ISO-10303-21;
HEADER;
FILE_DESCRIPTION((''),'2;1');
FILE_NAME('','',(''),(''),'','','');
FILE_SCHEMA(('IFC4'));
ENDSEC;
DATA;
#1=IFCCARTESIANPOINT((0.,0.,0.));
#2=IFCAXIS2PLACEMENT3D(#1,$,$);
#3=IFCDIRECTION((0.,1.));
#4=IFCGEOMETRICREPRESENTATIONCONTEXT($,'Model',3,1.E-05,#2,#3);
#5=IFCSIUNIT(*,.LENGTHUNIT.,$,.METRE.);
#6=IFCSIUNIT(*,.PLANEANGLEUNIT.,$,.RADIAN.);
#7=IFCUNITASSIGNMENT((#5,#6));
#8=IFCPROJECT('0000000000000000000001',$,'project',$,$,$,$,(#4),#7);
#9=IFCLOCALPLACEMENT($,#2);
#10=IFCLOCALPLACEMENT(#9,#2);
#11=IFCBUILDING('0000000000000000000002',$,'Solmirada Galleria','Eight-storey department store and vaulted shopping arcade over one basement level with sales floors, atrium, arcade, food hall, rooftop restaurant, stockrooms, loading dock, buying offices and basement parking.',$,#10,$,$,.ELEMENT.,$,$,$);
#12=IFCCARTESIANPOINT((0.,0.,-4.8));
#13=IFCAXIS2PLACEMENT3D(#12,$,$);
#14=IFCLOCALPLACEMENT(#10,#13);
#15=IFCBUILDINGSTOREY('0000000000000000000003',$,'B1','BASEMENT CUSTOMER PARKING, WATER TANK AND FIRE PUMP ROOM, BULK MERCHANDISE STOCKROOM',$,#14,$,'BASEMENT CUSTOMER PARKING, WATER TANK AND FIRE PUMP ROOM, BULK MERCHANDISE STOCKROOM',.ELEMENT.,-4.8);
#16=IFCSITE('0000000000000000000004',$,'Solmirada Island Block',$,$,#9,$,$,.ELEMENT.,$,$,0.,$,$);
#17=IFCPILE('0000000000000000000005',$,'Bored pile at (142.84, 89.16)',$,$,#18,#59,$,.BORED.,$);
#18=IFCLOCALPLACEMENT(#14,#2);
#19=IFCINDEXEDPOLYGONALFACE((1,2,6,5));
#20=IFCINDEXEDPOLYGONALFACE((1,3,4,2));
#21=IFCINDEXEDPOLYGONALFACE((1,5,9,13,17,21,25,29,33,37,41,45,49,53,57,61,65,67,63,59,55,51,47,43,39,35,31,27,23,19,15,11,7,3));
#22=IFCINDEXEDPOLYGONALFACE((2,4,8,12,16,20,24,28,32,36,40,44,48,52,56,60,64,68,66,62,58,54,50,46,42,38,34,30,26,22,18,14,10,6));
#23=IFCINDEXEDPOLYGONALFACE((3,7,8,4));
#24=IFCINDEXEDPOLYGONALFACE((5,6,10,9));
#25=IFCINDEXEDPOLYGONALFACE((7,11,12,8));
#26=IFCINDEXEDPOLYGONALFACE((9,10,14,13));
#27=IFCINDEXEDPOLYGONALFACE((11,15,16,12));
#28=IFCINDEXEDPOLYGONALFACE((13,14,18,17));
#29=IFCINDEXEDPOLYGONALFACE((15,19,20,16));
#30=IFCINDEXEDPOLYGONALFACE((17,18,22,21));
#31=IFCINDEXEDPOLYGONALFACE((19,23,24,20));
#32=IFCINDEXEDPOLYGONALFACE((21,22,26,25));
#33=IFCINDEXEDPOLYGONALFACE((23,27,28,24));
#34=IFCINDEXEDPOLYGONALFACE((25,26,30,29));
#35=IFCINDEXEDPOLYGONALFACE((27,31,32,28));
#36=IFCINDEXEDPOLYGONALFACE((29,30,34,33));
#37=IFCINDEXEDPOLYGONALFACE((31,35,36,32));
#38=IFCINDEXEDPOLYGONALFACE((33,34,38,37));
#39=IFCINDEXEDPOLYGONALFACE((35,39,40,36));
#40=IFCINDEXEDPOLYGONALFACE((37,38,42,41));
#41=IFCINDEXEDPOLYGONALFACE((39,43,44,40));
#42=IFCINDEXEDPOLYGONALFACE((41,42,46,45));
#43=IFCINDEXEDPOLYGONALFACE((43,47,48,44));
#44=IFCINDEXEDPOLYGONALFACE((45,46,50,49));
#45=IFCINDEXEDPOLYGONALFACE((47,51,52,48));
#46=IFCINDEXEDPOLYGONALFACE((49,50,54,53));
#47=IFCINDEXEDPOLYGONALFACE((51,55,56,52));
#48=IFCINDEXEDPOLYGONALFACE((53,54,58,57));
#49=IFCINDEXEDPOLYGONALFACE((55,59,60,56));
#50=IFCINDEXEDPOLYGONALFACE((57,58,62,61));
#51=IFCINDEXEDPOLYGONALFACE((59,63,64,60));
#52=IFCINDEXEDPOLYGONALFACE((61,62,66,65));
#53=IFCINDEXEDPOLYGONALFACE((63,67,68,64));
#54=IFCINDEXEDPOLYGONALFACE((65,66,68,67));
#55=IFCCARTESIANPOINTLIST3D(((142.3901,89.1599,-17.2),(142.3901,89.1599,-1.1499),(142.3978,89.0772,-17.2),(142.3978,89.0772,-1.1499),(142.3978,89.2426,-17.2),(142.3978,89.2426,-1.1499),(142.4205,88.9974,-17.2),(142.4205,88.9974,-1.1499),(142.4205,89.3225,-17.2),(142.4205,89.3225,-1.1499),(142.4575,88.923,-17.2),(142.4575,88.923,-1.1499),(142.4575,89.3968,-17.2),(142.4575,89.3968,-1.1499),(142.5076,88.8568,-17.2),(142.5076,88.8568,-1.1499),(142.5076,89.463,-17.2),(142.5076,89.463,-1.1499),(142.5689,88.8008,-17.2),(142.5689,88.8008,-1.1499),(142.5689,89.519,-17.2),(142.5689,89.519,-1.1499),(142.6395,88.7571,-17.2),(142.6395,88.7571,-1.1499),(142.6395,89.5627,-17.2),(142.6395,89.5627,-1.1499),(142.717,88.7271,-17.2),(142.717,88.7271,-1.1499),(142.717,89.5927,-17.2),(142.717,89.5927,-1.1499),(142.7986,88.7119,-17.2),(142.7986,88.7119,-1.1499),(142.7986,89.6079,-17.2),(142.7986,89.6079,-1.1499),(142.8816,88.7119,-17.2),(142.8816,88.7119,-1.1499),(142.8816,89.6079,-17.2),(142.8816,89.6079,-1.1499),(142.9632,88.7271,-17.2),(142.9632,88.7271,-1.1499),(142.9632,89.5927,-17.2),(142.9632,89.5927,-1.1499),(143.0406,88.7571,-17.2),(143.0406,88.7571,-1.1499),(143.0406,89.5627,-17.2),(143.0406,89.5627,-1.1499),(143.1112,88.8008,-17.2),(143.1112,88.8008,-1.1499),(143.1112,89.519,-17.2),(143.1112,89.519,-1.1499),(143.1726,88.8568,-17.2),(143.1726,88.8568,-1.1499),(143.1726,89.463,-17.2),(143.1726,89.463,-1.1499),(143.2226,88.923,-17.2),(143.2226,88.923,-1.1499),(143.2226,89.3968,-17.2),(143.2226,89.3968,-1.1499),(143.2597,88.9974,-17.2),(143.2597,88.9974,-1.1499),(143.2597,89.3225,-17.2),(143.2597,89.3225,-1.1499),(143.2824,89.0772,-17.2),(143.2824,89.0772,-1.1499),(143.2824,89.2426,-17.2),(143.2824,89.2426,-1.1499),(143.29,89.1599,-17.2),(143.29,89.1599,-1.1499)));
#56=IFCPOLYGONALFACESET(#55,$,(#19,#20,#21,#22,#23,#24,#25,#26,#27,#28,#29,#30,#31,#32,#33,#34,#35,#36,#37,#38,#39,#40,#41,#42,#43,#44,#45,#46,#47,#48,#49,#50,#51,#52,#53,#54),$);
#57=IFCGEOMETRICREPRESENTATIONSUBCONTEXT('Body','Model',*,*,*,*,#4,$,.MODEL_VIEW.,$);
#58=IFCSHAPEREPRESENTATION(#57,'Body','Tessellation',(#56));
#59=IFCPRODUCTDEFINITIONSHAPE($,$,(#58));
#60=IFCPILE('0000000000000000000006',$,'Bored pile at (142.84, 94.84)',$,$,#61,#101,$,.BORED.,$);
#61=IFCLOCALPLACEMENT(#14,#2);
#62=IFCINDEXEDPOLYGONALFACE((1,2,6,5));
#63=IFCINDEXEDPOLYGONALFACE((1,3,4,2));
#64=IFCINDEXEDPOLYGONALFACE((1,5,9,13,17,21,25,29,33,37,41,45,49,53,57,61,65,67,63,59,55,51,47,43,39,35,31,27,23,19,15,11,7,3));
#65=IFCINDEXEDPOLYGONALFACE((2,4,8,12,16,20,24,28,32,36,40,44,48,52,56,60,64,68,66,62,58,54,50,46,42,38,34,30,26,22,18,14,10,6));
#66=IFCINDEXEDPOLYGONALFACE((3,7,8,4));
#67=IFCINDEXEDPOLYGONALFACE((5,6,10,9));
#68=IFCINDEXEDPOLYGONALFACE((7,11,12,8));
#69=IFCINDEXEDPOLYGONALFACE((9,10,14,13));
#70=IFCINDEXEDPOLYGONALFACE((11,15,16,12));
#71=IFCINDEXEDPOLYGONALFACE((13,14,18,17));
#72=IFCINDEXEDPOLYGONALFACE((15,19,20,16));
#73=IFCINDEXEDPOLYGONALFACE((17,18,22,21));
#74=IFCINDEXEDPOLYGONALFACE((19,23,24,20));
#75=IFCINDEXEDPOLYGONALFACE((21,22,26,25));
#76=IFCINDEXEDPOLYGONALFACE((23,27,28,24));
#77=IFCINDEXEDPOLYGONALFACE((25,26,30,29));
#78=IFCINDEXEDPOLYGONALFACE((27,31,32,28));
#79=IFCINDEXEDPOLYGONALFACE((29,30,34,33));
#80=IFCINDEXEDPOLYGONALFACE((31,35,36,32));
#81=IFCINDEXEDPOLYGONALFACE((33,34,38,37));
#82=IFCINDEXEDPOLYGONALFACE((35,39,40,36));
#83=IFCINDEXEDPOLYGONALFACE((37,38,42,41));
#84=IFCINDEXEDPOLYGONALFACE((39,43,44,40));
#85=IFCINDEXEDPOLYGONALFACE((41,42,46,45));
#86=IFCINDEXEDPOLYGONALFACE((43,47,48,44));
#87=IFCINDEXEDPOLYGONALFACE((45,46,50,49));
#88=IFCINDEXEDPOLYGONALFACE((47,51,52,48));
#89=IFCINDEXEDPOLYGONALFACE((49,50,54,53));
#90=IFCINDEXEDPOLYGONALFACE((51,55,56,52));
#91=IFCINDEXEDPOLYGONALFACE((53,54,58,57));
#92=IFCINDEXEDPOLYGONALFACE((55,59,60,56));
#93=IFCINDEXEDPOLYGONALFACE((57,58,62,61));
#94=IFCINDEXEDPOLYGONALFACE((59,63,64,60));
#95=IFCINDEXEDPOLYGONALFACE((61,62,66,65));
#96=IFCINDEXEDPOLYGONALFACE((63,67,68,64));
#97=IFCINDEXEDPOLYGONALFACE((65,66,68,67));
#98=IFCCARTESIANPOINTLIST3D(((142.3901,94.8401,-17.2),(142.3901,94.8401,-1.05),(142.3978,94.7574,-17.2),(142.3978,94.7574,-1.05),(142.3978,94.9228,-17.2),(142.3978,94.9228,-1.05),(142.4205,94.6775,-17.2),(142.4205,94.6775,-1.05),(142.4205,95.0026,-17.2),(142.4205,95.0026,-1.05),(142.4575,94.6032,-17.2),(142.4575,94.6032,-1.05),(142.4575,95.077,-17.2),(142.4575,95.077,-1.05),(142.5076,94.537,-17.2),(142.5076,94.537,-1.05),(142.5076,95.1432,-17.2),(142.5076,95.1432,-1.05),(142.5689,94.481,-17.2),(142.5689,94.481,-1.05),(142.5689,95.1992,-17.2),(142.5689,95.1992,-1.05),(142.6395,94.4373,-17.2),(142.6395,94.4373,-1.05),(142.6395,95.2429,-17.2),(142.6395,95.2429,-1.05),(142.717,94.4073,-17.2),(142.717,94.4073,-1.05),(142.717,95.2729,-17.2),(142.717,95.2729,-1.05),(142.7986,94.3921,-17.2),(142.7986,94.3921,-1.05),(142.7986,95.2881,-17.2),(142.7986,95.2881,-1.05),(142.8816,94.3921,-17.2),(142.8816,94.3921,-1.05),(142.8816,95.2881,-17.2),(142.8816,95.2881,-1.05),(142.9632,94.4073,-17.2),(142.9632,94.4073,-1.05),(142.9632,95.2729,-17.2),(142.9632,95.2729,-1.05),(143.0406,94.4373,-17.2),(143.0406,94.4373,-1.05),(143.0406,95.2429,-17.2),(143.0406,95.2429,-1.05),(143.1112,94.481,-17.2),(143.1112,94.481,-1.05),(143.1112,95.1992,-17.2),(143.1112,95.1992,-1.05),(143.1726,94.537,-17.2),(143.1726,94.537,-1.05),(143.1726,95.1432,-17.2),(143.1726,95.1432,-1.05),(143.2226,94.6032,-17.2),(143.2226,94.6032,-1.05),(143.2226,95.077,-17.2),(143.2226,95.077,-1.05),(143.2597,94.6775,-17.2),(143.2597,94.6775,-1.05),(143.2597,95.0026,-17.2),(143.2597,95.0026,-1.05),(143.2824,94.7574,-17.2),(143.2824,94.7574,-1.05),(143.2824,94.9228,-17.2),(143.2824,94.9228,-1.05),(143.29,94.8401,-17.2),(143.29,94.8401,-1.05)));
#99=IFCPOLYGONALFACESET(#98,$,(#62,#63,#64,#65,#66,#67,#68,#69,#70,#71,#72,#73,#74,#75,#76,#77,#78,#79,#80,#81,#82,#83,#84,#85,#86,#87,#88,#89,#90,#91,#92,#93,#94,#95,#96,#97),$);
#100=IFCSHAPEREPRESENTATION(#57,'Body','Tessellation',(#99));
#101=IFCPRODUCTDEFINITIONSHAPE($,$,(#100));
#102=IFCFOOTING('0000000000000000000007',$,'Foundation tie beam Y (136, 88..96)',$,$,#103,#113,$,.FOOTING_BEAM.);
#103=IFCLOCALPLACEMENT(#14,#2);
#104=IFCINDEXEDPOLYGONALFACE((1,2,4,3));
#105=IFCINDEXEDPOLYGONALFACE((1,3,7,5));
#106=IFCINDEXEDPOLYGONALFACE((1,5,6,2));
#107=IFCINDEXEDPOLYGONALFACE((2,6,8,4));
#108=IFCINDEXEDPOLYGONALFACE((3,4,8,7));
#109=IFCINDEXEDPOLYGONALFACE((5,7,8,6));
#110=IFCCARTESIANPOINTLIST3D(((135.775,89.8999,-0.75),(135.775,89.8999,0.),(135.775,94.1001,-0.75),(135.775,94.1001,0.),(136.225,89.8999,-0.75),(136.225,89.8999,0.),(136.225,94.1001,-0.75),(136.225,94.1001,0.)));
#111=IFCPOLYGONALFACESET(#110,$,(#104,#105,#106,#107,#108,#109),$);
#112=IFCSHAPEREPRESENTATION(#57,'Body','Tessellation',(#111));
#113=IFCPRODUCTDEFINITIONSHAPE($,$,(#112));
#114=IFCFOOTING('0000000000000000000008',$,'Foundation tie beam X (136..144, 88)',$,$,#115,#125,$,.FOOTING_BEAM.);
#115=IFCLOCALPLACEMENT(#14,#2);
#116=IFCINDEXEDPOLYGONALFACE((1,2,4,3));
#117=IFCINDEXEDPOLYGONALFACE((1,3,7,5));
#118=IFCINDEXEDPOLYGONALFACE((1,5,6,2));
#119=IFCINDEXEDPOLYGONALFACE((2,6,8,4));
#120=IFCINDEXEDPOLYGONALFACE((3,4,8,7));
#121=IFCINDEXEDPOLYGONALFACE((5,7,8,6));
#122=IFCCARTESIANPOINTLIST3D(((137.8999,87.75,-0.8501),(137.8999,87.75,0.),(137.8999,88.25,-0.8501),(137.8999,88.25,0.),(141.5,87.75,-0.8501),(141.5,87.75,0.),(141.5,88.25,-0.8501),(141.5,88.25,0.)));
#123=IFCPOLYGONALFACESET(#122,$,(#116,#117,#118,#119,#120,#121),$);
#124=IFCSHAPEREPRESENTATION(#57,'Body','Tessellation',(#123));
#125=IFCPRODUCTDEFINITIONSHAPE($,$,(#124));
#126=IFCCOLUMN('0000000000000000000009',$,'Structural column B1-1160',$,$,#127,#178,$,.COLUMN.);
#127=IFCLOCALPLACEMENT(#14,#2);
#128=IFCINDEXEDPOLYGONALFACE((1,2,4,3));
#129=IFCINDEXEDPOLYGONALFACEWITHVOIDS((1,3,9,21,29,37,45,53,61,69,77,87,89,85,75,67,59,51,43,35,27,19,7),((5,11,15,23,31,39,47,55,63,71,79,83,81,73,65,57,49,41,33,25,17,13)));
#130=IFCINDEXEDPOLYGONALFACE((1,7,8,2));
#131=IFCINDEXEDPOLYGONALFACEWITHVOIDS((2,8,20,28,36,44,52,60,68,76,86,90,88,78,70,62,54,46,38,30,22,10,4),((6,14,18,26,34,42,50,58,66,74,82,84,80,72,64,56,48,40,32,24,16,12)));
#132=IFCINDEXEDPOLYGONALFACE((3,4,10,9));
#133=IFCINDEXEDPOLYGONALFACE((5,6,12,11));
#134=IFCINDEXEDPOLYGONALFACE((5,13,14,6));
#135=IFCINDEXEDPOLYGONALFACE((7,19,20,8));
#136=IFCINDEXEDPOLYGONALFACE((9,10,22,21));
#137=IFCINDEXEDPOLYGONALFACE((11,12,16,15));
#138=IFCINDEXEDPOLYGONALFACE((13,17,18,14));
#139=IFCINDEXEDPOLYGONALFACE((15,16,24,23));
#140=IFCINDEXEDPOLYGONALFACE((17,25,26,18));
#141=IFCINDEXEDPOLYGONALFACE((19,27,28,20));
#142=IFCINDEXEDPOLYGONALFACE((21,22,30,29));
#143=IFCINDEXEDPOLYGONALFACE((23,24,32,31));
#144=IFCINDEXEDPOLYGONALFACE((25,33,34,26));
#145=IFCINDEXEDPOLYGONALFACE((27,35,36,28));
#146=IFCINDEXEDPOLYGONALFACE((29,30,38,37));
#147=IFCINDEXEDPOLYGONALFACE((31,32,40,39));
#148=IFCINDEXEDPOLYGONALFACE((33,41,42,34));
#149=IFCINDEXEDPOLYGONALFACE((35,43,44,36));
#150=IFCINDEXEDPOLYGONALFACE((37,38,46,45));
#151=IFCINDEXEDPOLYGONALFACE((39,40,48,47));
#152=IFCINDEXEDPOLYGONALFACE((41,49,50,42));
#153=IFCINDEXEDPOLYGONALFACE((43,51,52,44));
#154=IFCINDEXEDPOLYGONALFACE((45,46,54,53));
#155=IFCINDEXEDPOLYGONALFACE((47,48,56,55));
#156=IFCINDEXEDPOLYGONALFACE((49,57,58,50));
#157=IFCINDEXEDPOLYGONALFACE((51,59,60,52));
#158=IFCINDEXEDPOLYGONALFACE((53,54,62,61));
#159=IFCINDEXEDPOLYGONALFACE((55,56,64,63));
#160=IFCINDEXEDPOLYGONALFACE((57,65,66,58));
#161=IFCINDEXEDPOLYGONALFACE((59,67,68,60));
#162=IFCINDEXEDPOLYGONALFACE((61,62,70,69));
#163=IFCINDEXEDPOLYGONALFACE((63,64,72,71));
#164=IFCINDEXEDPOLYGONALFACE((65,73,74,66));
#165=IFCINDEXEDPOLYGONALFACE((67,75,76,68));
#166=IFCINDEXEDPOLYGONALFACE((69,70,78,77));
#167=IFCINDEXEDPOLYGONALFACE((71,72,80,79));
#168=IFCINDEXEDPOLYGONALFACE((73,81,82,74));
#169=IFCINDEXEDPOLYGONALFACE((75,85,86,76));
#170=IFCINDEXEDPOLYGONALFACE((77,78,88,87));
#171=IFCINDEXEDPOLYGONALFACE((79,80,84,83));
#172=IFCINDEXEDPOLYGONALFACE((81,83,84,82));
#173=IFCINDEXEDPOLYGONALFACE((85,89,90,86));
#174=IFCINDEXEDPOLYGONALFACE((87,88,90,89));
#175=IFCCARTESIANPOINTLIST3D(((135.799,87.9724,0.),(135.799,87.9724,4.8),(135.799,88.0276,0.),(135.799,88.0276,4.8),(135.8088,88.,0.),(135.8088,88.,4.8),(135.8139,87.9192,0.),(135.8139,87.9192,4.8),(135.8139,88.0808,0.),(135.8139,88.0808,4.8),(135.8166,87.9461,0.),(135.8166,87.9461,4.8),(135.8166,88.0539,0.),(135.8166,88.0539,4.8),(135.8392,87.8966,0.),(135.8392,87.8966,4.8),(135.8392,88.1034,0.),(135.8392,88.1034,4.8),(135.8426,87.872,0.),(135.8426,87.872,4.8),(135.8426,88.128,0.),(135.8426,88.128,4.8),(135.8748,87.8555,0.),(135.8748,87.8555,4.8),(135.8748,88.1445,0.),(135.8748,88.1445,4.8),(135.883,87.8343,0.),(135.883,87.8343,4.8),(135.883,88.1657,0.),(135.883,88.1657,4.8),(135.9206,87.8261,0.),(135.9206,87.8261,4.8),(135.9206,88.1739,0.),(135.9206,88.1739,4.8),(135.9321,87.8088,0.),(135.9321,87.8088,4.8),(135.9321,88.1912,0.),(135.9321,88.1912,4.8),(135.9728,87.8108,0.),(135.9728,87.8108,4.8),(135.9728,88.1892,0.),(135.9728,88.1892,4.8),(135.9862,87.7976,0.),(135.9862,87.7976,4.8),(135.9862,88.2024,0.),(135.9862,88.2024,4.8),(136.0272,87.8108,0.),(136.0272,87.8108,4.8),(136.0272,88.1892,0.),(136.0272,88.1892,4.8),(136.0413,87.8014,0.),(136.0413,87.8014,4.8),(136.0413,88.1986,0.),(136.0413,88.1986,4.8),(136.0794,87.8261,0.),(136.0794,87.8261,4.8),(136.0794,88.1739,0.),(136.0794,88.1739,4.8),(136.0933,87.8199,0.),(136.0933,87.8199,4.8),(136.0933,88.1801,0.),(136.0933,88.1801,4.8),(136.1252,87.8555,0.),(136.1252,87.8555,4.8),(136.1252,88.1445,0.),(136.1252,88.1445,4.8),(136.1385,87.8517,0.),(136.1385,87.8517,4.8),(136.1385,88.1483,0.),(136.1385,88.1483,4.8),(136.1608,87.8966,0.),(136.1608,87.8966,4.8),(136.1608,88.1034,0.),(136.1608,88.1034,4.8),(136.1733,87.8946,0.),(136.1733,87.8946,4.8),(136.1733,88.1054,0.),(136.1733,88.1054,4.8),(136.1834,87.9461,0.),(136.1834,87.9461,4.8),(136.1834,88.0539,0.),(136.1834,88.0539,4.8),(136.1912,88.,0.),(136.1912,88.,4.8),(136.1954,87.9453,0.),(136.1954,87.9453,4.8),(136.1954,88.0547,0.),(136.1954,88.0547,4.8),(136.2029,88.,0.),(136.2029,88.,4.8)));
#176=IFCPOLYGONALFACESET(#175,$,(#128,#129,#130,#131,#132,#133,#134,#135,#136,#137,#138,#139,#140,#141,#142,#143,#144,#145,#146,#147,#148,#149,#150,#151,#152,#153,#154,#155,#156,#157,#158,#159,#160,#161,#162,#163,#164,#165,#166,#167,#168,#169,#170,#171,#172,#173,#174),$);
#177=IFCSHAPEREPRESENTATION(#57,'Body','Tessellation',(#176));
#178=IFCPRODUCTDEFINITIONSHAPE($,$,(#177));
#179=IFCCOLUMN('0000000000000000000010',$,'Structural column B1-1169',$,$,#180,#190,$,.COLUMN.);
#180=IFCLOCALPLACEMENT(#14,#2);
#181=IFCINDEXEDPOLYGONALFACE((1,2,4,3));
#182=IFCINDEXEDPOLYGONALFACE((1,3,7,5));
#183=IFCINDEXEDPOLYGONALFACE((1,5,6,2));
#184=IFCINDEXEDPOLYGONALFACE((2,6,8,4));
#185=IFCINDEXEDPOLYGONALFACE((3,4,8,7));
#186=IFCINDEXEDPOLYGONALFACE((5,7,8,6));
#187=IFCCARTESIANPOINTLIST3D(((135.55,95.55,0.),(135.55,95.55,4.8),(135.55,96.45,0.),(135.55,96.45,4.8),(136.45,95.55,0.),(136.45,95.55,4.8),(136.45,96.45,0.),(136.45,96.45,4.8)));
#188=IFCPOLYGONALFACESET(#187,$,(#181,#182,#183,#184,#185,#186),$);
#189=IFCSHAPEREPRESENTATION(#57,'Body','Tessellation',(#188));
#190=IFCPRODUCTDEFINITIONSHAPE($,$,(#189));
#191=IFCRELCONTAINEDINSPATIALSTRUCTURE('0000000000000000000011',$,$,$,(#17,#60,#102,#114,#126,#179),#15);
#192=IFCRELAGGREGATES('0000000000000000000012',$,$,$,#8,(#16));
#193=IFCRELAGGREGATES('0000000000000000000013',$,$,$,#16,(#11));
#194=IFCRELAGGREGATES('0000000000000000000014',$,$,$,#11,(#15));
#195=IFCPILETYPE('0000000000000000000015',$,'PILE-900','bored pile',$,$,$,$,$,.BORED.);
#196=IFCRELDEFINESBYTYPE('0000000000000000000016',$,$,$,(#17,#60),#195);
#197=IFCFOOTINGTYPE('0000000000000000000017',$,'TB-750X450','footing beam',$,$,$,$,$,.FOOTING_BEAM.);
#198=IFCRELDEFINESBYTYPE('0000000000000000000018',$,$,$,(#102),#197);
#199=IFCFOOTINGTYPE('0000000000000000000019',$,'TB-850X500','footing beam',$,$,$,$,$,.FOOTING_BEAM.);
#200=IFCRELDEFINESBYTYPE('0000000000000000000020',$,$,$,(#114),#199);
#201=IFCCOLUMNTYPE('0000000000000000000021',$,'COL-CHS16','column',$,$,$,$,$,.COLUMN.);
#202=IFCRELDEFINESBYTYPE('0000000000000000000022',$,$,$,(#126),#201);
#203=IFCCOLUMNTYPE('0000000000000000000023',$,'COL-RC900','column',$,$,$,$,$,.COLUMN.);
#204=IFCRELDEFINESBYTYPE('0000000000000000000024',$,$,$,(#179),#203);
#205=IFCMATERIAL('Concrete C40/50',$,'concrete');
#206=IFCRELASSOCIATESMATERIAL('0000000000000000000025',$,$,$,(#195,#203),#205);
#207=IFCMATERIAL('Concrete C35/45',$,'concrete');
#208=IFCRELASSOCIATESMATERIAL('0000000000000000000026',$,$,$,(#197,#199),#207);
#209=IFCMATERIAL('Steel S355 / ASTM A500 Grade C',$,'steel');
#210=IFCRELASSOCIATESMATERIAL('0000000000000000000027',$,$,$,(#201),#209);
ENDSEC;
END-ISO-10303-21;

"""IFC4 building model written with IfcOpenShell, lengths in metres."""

from ifc_helpers import new_model, si_unit, direction, frame, origin, origin_2d, place, context, subcontext, project, spatial, rectangle, circle, hollow_circle, extrude, material, material_profile, profile_set, type_object, element, save


model = new_model("IFC4")

# Units and contexts
model_context = context("Model", 3, precision=1e-05, world=origin(), true_north=direction((0.0, 1.0)))
body_context = subcontext(model_context, "Body", "Model", "MODEL_VIEW")
ifc_project = project(units=[si_unit("LENGTHUNIT", "METRE"), si_unit("PLANEANGLEUNIT", "RADIAN")], contexts=[model_context])

# Site, building, storey
site_placement = place(None, origin())
site = spatial("IfcSite", under=ifc_project, at=site_placement, Name="Solmirada Island Block", CompositionType="ELEMENT", RefElevation=0.0)
building_placement = place(site_placement, origin())
building = spatial("IfcBuilding", under=site, at=building_placement, Name="Solmirada Galleria", Description="Eight-storey department store and vaulted shopping arcade over one basement level with sales floors, atrium, arcade, food hall, rooftop restaurant, stockrooms, loading dock, buying offices and basement parking.", CompositionType="ELEMENT")
storey_placement = place(building_placement, frame((0.0, 0.0, -4.8)))
storey = spatial("IfcBuildingStorey", under=building, at=storey_placement, Name="B1", Description="BASEMENT CUSTOMER PARKING, WATER TANK AND FIRE PUMP ROOM, BULK MERCHANDISE STOCKROOM", LongName="BASEMENT CUSTOMER PARKING, WATER TANK AND FIRE PUMP ROOM, BULK MERCHANDISE STOCKROOM", CompositionType="ELEMENT", Elevation=-4.8)

# Shared definitions
ifc_material_1 = material(Name="Concrete C35/45", Category="concrete")

# Piles
ifc_material_2 = material(Name="Concrete C40/50", Category="concrete")
ifc_material_profile_1 = material_profile(ifc_material_2, circle(Radius=0.45, at=origin_2d()), Name="PILE900")
ifc_profile_set_1 = profile_set([ifc_material_profile_1], Name="Concrete C40/50")
pile_type = type_object("IfcPileType", Name="PILE-900", Description="bored pile", PredefinedType="BORED", material=ifc_profile_set_1)
for number, where, z_axis, x_axis, name in (
    (1, (142.8401, 89.1599, -1.1499), (0.0, 0.0, -1.0), (1.0, 0.0, 0.0), "Bored pile at (142.84, 89.16)"),
):
    element("IfcPile", number, at=place(storey_placement, frame(where, z_axis=z_axis, x_axis=x_axis)), inside=storey, type_object=pile_type, Name=name, PredefinedType="BORED", context=body_context, shape_type="SweptSolid", body=[
        extrude(circle(Radius=0.45, at=origin_2d()), origin(), (0.0, 0.0, 1.0), 16.05),
    ])
pile_placement = place(storey_placement, frame((142.8401, 94.8401, -1.05), z_axis=(0.0, 0.0, -1.0), x_axis=(1.0, 0.0, 0.0)))
element("IfcPile", 2, at=pile_placement, inside=storey, type_object=pile_type, Name="Bored pile at (142.84, 94.84)", PredefinedType="BORED", context=body_context, shape_type="SweptSolid", body=[
    extrude(circle(Radius=0.45, at=origin_2d()), origin(), (0.0, 0.0, 1.0), 16.1499),
])

# Footings
ifc_material_profile_2 = material_profile(ifc_material_1, rectangle(XDim=0.45, YDim=0.75, at=origin_2d()), Name="RC750X450")
ifc_profile_set_2 = profile_set([ifc_material_profile_2], Name="Concrete C35/45")
footing_type_1 = type_object("IfcFootingType", Name="TB-750X450", Description="footing beam", PredefinedType="FOOTING_BEAM", material=ifc_profile_set_2)
footing_1_placement = place(storey_placement, frame((136.0, 89.8999, -0.375), z_axis=(0.0, 1.0, 0.0), x_axis=(-1.0, 0.0, 0.0)))
element("IfcFooting", 3, at=footing_1_placement, inside=storey, type_object=footing_type_1, Name="Foundation tie beam Y (136, 88..96)", PredefinedType="FOOTING_BEAM", context=body_context, shape_type="SweptSolid", body=[
    extrude(rectangle(XDim=0.45, YDim=0.75, at=origin_2d()), origin(), (0.0, 0.0, 1.0), 4.2002),
])
ifc_material_profile_3 = material_profile(ifc_material_1, rectangle(XDim=0.5, YDim=0.8501, at=origin_2d()), Name="RC850X500")
ifc_profile_set_3 = profile_set([ifc_material_profile_3], Name="Concrete C35/45")
footing_type_2 = type_object("IfcFootingType", Name="TB-850X500", Description="footing beam", PredefinedType="FOOTING_BEAM", material=ifc_profile_set_3)
footing_2_placement = place(storey_placement, frame((137.8999, 88.0, -0.425), z_axis=(1.0, 0.0, 0.0), x_axis=(0.0, 1.0, 0.0)))
element("IfcFooting", 4, at=footing_2_placement, inside=storey, type_object=footing_type_2, Name="Foundation tie beam X (136..144, 88)", PredefinedType="FOOTING_BEAM", context=body_context, shape_type="SweptSolid", body=[
    extrude(rectangle(XDim=0.5, YDim=0.8501, at=origin_2d()), origin(), (0.0, 0.0, 1.0), 3.6001),
])

# Columns
ifc_material_3 = material(Name="Steel S355 / ASTM A500 Grade C", Category="steel")
ifc_material_profile_4 = material_profile(ifc_material_3, hollow_circle(Radius=0.2029, WallThickness=0.0117, at=origin_2d()), Name="HSS16.000X0.500")
ifc_profile_set_4 = profile_set([ifc_material_profile_4], Name="Steel S355 / ASTM A500 Grade C")
column_type_1 = type_object("IfcColumnType", Name="COL-CHS16", Description="column", PredefinedType="COLUMN", material=ifc_profile_set_4)
column_1_placement = place(storey_placement, frame((136.0, 88.0, 0.0), z_axis=(0.0, 0.0, 1.0), x_axis=(1.0, 0.0, 0.0)))
element("IfcColumn", 5, at=column_1_placement, inside=storey, type_object=column_type_1, Name="Structural column B1-1160", PredefinedType="COLUMN", context=body_context, shape_type="SweptSolid", body=[
    extrude(hollow_circle(Radius=0.2029, WallThickness=0.0117, at=origin_2d()), origin(), (0.0, 0.0, 1.0), 4.8),
])
ifc_material_profile_5 = material_profile(ifc_material_2, rectangle(XDim=0.8999, YDim=0.8999, at=origin_2d()), Name="RC900X900")
ifc_profile_set_5 = profile_set([ifc_material_profile_5], Name="Concrete C40/50")
column_type_2 = type_object("IfcColumnType", Name="COL-RC900", Description="column", PredefinedType="COLUMN", material=ifc_profile_set_5)
column_2_placement = place(storey_placement, frame((136.0, 96.0, 0.0), z_axis=(0.0, 0.0, 1.0), x_axis=(1.0, 0.0, 0.0)))
element("IfcColumn", 6, at=column_2_placement, inside=storey, type_object=column_type_2, Name="Structural column B1-1169", PredefinedType="COLUMN", context=body_context, shape_type="SweptSolid", body=[
    extrude(rectangle(XDim=0.8999, YDim=0.8999, at=origin_2d()), origin(), (0.0, 0.0, 1.0), 4.8),
])

save(model, "model.ifc")
